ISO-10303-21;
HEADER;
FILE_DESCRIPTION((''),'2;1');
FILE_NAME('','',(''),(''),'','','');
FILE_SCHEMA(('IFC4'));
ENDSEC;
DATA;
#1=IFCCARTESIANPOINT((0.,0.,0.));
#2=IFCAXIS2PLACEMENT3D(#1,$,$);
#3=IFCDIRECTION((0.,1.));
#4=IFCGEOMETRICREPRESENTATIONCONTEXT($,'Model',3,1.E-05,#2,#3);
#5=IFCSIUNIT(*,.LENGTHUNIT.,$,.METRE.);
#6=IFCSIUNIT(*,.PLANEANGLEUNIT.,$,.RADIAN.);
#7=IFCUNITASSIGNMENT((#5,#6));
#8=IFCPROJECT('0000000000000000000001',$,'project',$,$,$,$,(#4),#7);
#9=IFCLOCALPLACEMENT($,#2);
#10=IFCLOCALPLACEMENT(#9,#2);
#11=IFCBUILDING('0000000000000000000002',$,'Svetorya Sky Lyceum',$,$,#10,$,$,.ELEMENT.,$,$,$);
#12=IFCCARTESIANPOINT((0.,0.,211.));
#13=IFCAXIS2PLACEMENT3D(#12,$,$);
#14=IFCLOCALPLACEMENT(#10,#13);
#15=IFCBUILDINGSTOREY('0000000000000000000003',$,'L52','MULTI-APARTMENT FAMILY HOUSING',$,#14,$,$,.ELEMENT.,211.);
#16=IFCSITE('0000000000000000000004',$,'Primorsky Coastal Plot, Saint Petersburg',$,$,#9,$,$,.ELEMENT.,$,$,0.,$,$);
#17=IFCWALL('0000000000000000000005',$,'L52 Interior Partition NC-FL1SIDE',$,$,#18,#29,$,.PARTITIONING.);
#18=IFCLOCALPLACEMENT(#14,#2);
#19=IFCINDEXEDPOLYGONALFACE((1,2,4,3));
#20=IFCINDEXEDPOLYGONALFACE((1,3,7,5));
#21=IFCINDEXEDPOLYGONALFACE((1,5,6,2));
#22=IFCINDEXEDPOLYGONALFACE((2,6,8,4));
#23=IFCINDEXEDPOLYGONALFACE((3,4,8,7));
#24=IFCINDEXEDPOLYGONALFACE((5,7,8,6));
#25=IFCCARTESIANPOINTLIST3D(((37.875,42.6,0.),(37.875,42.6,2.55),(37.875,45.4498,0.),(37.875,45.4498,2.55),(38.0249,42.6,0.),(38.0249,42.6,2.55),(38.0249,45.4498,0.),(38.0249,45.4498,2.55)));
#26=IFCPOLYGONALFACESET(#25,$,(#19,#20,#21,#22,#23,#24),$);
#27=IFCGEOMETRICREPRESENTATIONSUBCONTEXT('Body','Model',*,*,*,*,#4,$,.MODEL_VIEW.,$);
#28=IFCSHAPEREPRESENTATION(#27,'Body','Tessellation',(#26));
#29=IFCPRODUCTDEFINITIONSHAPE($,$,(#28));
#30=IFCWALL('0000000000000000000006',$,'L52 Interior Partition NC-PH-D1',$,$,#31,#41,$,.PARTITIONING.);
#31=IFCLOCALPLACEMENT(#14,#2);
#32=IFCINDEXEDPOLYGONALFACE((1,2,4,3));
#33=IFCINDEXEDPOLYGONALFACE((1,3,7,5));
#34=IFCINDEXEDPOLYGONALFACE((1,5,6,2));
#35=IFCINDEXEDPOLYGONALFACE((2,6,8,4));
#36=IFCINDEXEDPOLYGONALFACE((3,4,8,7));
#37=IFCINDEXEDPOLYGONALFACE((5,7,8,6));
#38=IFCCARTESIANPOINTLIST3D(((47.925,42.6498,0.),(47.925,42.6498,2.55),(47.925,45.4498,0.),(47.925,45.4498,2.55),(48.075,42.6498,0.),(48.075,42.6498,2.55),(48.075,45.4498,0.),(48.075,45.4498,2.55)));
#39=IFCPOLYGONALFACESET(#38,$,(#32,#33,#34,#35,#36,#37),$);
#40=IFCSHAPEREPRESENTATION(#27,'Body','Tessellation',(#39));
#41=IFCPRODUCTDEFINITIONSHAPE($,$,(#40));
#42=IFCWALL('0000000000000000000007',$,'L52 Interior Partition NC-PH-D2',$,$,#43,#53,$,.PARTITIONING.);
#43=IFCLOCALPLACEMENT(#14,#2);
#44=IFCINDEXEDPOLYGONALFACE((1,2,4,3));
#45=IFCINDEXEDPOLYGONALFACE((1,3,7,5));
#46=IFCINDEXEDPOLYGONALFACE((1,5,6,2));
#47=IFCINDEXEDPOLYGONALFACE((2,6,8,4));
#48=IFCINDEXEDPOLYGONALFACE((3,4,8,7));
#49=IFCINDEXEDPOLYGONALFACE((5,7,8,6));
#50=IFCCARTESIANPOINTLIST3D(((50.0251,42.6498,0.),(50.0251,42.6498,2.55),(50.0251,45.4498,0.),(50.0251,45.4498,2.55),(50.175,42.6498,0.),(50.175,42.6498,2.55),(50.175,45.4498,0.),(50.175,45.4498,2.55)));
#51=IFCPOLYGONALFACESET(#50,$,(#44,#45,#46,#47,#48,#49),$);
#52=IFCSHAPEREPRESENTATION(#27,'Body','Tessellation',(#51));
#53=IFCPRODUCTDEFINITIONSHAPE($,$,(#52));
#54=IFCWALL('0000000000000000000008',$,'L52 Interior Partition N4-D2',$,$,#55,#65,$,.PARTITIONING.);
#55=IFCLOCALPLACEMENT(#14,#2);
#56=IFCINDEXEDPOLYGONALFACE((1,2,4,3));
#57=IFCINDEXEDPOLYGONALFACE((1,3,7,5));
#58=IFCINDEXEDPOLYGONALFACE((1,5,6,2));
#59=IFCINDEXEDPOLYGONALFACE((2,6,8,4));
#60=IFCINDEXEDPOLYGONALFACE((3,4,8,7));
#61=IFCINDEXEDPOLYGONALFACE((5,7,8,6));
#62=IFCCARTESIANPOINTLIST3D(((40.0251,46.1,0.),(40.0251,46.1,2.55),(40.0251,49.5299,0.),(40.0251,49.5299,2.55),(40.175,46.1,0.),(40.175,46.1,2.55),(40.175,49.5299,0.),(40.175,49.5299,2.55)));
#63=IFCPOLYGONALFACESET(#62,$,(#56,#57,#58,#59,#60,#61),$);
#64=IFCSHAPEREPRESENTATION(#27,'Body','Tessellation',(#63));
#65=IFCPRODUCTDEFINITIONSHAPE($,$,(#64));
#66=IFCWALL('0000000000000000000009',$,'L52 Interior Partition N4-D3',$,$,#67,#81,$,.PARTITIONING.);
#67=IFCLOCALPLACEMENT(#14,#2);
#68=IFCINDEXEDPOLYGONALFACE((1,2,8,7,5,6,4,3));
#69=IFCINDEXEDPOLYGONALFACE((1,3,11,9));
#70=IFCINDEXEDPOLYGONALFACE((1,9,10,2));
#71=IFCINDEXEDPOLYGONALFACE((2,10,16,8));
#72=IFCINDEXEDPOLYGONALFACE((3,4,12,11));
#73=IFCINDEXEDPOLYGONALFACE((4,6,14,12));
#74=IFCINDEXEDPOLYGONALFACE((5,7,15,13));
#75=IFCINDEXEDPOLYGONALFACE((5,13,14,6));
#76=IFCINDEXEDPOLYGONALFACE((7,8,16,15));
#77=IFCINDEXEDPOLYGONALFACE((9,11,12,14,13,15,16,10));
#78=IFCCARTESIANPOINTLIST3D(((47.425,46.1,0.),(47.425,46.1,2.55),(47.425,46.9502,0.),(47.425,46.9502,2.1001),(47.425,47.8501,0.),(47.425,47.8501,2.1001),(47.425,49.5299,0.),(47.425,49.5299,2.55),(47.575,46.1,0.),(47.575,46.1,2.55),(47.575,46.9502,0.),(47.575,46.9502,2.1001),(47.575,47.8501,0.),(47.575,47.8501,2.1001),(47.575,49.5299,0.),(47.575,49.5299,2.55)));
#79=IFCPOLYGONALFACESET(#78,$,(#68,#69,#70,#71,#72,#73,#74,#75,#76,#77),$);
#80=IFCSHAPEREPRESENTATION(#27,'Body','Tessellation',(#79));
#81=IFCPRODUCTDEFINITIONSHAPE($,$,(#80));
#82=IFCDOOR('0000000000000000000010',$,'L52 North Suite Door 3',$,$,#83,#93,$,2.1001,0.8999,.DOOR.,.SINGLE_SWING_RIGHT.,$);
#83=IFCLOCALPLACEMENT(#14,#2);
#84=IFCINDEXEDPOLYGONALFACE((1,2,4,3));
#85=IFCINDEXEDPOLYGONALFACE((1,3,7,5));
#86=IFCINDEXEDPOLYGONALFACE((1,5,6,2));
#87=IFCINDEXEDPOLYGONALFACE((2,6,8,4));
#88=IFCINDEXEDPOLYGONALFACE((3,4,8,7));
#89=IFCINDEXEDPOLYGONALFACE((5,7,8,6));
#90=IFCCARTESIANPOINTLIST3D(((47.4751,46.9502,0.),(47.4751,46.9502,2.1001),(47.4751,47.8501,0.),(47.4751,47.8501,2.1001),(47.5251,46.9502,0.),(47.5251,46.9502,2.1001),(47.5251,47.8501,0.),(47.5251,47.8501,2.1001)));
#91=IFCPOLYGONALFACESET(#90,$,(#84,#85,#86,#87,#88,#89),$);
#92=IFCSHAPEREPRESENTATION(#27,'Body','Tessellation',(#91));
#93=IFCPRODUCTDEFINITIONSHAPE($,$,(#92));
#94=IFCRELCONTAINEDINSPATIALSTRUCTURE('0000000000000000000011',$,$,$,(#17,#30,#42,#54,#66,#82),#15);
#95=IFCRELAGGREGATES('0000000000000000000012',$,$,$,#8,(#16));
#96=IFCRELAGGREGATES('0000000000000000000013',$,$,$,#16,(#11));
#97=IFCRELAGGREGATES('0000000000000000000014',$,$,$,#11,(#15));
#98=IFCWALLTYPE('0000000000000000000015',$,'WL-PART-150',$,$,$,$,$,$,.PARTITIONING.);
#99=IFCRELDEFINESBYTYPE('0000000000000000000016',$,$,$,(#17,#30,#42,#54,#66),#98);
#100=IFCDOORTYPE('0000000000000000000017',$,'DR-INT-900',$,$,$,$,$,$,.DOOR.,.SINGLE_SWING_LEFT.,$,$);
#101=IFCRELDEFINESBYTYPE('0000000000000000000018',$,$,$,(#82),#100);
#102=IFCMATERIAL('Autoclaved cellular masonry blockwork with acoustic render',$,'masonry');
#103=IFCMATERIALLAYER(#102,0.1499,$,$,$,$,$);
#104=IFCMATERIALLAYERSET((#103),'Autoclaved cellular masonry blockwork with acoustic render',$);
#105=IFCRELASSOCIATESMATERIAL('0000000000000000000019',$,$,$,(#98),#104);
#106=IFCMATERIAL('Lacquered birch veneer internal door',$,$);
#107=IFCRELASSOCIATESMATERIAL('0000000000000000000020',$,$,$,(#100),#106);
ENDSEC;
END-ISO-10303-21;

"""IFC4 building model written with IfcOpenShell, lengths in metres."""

from ifc_helpers import new_model, si_unit, direction, frame, frame_2d, origin, place, context, subcontext, project, spatial, rectangle, extrude, material, layer, layer_set, type_object, element, fill, save


model = new_model("IFC4")

# Units and contexts
model_context = context("Model", 3, precision=1e-05, world=origin(), true_north=direction((0.0, 1.0)))
body_context = subcontext(model_context, "Body", "Model", "MODEL_VIEW")
ifc_project = project(units=[si_unit("LENGTHUNIT", "METRE"), si_unit("PLANEANGLEUNIT", "RADIAN")], contexts=[model_context])

# Site, building, storey
site_placement = place(None, origin())
site = spatial("IfcSite", under=ifc_project, at=site_placement, Name="Primorsky Coastal Plot, Saint Petersburg", CompositionType="ELEMENT", RefElevation=0.0)
building_placement = place(site_placement, origin())
building = spatial("IfcBuilding", under=site, at=building_placement, Name="Svetorya Sky Lyceum", CompositionType="ELEMENT")
storey_placement = place(building_placement, frame((0.0, 0.0, 211.0)))
storey = spatial("IfcBuildingStorey", under=building, at=storey_placement, Name="L52", Description="MULTI-APARTMENT FAMILY HOUSING", CompositionType="ELEMENT", Elevation=211.0)

# Walls
ifc_material_1 = material(Name="Autoclaved cellular masonry blockwork with acoustic render", Category="masonry")
ifc_layer_1 = layer(ifc_material_1, 0.1499)
ifc_layer_set_1 = layer_set([ifc_layer_1], Name="Autoclaved cellular masonry blockwork with acoustic render")
wall_type_1 = type_object("IfcWallType", Name="WL-PART-150", PredefinedType="PARTITIONING", material=ifc_layer_set_1)
wall_1_placement = place(storey_placement, frame((37.95, 42.6001, 0.0), z_axis=(0.0, 0.0, 1.0), x_axis=(0.0, 1.0, 0.0)))
element("IfcWall", 1, at=wall_1_placement, inside=storey, type_object=wall_type_1, Name="L52 Interior Partition NC-FL1SIDE", PredefinedType="PARTITIONING", context=body_context, shape_type="SweptSolid", body=[
    extrude(rectangle(XDim=2.8499, YDim=0.1499, at=frame_2d((1.4248, 0.0))), origin(), (0.0, 0.0, 1.0), 2.55),
])
for number, where, z_axis, x_axis, name in (
    (2, (48.0, 42.6499, 0.0), (0.0, 0.0, 1.0), (0.0, 1.0, 0.0), "L52 Interior Partition NC-PH-D1"),
    (3, (50.1001, 42.6499, 0.0), (0.0, 0.0, 1.0), (0.0, 1.0, 0.0), "L52 Interior Partition NC-PH-D2"),
):
    element("IfcWall", number, at=place(storey_placement, frame(where, z_axis=z_axis, x_axis=x_axis)), inside=storey, type_object=wall_type_1, Name=name, PredefinedType="PARTITIONING", context=body_context, shape_type="SweptSolid", body=[
        extrude(rectangle(XDim=2.8, YDim=0.1499, at=frame_2d((1.3999, 0.0))), origin(), (0.0, 0.0, 1.0), 2.55),
    ])
wall_2_placement = place(storey_placement, frame((40.1001, 46.1001, 0.0), z_axis=(0.0, 0.0, 1.0), x_axis=(0.0, 1.0, 0.0)))
element("IfcWall", 4, at=wall_2_placement, inside=storey, type_object=wall_type_1, Name="L52 Interior Partition N4-D2", PredefinedType="PARTITIONING", context=body_context, shape_type="SweptSolid", body=[
    extrude(rectangle(XDim=3.4299, YDim=0.1499, at=frame_2d((1.7148, 0.0))), origin(), (0.0, 0.0, 1.0), 2.55),
])

# Wall, opening, door
wall_3_placement = place(storey_placement, frame((47.5, 46.1001, 0.0), z_axis=(0.0, 0.0, 1.0), x_axis=(0.0, 1.0, 0.0)))
wall_3 = element("IfcWall", 5, at=wall_3_placement, inside=storey, type_object=wall_type_1, Name="L52 Interior Partition N4-D3", PredefinedType="PARTITIONING", context=body_context, shape_type="SweptSolid", body=[
    extrude(rectangle(XDim=3.4299, YDim=0.1499, at=frame_2d((1.7148, 0.0))), origin(), (0.0, 0.0, 1.0), 2.55),
])
opening_1_placement = place(wall_3_placement, frame((0.8501, 0.0, 0.0)))
opening_1 = element("IfcOpeningElement", 6, at=opening_1_placement, cuts=wall_3, PredefinedType="OPENING", context=body_context, shape_type="SweptSolid", body=[
    extrude(rectangle(XDim=0.8999, YDim=2.1001, at=frame_2d((0.45, 1.05))), frame((0.0, 0.085, 0.0), z_axis=(0.0, -1.0, 0.0), x_axis=(1.0, 0.0, 0.0)), (0.0, 0.0, 1.0), 0.1699),
])
ifc_material_2 = material(Name="Lacquered birch veneer internal door")
door_type_1 = type_object("IfcDoorType", Name="DR-INT-900", OperationType="SINGLE_SWING_LEFT", PredefinedType="DOOR", material=ifc_material_2)
door_1_placement = place(opening_1_placement, origin())
door_1 = element("IfcDoor", 7, at=door_1_placement, inside=storey, type_object=door_type_1, Name="L52 North Suite Door 3", OperationType="SINGLE_SWING_RIGHT", OverallHeight=2.1001, OverallWidth=0.8999, PredefinedType="DOOR", context=body_context, shape_type="SweptSolid", body=[
    extrude(rectangle(XDim=0.8999, YDim=2.1001, at=frame_2d((0.45, 1.05))), frame((0.0, 0.0249, 0.0), z_axis=(0.0, -1.0, 0.0), x_axis=(1.0, 0.0, 0.0)), (0.0, 0.0, 1.0), 0.05),
])
fill(opening_1, door_1)

save(model, "model.ifc")
